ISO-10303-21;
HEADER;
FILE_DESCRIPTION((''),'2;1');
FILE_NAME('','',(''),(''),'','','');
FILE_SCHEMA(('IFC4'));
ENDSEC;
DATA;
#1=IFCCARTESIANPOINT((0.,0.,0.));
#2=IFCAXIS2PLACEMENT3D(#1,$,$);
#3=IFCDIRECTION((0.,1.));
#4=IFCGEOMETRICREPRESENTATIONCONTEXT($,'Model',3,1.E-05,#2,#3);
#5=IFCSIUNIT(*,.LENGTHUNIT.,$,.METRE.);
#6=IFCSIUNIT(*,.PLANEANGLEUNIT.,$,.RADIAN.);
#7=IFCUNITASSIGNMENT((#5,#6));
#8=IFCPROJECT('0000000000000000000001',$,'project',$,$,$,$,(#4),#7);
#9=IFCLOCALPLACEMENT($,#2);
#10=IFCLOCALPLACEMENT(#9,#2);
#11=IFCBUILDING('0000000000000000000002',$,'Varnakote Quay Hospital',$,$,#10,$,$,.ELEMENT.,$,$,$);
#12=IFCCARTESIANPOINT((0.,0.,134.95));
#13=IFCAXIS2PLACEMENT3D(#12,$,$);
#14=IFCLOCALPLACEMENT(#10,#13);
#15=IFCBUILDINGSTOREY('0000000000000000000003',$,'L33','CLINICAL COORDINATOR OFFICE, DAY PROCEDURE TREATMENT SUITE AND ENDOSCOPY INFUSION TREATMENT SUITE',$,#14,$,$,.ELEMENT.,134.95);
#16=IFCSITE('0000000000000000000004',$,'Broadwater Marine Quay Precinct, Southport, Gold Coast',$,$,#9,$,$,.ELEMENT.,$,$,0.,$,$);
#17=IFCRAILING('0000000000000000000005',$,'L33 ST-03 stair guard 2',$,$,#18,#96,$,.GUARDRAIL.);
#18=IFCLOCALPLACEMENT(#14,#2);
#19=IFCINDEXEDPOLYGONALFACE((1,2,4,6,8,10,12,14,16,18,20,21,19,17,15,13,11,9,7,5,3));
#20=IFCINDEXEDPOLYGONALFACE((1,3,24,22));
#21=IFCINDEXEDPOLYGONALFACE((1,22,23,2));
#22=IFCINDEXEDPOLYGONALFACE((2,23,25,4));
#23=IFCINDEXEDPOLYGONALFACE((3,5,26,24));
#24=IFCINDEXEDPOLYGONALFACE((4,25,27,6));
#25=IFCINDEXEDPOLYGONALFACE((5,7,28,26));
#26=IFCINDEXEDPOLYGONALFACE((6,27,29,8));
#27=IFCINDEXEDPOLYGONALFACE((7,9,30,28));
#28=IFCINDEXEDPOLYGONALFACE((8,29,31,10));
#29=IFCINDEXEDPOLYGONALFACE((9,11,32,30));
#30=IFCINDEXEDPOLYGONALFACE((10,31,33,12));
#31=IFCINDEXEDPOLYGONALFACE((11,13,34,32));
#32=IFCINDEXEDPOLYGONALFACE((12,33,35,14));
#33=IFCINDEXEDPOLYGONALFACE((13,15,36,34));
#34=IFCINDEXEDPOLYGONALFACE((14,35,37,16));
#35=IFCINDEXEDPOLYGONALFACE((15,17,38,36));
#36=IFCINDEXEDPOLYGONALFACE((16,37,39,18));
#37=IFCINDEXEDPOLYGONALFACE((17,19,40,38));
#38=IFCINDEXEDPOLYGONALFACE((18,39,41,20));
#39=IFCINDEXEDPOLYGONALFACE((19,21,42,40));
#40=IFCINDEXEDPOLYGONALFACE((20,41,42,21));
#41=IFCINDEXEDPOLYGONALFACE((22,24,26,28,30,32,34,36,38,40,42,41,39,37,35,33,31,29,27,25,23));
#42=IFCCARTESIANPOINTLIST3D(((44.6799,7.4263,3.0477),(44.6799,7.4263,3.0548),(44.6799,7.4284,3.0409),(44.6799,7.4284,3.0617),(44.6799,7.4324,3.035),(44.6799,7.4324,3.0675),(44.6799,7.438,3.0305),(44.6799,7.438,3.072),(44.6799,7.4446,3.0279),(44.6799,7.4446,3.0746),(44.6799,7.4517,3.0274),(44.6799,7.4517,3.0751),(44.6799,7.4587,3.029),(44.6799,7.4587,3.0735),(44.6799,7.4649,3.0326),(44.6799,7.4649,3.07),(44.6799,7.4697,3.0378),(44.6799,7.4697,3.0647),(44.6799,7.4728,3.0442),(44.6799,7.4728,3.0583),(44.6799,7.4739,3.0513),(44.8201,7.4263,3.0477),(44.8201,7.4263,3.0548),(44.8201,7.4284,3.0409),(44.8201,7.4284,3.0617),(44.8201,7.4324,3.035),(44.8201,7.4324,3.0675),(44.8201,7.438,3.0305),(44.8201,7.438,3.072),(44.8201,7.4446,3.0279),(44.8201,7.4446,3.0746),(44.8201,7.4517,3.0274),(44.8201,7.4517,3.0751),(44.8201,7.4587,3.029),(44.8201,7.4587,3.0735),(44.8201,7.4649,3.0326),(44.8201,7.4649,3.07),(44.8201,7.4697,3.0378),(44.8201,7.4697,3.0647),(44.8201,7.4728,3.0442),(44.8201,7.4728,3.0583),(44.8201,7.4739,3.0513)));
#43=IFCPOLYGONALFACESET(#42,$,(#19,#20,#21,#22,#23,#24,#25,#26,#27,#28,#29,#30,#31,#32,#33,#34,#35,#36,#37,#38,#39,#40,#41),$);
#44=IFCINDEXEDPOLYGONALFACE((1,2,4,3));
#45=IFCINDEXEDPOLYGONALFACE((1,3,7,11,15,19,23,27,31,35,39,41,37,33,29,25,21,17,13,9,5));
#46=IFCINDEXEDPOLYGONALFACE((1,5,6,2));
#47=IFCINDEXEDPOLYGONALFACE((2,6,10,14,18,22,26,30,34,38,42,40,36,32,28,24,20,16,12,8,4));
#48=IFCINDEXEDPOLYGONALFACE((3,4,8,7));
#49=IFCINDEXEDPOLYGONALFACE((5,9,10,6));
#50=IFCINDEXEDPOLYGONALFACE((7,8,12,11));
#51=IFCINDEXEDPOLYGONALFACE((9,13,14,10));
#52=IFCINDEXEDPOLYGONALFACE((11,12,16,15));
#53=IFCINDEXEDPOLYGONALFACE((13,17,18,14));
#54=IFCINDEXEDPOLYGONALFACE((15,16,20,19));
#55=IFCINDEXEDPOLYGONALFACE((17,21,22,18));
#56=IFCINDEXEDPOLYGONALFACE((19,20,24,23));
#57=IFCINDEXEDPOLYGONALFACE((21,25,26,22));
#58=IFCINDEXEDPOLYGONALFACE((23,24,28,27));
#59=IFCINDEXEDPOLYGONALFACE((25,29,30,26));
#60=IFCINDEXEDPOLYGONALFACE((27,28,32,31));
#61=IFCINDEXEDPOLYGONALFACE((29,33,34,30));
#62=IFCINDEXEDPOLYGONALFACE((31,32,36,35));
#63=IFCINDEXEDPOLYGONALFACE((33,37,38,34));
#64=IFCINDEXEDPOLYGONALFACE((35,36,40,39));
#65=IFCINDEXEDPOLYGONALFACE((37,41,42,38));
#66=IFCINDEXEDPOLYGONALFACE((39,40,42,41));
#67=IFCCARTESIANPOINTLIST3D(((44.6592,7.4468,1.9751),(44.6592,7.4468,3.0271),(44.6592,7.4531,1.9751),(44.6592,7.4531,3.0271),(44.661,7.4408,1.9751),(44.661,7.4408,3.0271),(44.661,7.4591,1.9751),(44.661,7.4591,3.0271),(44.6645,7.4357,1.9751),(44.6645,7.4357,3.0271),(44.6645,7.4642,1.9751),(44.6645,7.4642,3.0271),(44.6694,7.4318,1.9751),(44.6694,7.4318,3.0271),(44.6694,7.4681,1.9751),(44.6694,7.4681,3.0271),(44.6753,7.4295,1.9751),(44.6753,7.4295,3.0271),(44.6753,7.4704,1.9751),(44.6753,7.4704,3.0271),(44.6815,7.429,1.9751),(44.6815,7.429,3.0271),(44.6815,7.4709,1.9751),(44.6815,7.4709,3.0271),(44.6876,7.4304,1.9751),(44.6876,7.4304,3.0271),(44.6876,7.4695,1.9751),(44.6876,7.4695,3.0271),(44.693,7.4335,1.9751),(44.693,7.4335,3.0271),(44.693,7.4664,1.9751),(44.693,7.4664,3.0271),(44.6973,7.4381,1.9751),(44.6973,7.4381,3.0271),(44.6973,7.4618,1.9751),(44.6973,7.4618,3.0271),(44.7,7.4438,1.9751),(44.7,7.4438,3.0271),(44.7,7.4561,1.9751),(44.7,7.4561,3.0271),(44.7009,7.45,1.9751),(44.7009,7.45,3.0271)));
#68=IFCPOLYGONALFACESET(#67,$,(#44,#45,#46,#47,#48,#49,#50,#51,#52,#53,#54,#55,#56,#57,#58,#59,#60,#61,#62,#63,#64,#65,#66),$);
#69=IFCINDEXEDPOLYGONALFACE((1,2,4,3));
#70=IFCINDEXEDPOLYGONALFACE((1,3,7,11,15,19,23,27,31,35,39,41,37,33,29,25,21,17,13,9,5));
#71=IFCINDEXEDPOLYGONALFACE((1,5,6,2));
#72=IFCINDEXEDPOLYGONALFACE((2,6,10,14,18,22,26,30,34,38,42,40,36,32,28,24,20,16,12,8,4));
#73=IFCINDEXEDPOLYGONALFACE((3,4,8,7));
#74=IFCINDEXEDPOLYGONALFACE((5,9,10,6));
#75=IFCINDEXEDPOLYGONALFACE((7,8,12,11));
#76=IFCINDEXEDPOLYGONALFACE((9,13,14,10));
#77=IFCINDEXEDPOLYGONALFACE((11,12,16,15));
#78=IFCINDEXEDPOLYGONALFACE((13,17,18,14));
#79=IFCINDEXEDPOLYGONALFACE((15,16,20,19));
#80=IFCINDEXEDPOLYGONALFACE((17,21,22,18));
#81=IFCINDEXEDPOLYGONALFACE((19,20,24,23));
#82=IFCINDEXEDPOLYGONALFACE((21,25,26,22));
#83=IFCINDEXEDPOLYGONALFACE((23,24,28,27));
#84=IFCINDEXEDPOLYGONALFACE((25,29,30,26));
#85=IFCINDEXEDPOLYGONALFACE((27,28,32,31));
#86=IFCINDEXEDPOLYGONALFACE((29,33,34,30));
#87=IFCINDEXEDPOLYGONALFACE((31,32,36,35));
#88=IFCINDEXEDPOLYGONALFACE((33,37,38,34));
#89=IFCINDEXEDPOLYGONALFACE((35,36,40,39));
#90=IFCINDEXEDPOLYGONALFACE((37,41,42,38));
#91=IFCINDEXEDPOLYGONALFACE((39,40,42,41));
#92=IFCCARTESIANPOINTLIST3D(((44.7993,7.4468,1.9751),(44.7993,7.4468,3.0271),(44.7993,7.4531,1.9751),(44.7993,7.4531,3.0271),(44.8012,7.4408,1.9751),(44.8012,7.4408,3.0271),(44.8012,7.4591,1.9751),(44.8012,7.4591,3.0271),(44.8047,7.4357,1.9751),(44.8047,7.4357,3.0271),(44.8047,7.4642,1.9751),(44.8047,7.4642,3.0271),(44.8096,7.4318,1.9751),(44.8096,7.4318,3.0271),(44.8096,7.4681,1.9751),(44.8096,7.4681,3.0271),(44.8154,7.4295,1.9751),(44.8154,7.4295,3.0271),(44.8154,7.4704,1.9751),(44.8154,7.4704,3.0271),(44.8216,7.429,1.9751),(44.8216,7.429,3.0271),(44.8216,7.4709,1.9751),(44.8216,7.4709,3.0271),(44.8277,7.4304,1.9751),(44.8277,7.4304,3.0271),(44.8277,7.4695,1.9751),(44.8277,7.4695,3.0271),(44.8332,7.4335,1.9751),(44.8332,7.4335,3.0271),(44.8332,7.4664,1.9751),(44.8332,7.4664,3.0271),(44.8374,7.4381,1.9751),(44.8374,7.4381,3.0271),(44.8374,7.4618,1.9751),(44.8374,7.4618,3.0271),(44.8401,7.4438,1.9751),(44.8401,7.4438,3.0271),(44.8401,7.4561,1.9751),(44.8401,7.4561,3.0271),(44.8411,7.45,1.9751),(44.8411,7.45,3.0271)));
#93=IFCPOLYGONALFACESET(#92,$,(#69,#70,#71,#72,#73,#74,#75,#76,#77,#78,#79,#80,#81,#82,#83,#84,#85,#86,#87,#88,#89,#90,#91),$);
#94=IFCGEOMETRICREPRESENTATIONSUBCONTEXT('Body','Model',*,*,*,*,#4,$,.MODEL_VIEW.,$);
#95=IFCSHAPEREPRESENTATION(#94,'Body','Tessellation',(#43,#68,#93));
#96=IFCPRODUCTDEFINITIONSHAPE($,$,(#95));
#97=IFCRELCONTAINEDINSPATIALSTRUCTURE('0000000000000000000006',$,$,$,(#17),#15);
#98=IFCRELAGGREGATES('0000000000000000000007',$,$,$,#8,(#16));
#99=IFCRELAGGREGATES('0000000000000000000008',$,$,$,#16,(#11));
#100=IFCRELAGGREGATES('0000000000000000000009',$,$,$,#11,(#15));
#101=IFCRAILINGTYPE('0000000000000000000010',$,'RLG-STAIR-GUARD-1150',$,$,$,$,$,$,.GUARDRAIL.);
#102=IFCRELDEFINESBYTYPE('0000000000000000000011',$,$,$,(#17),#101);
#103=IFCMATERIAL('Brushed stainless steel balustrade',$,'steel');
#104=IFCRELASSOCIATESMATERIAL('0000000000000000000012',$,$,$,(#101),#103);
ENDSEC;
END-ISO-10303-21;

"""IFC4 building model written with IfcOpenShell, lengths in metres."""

from ifc_helpers import new_model, si_unit, direction, frame, origin, origin_2d, place, context, subcontext, project, spatial, circle, extrude, material, type_object, element, save


model = new_model("IFC4")

# Units and contexts
model_context = context("Model", 3, precision=1e-05, world=origin(), true_north=direction((0.0, 1.0)))
body_context = subcontext(model_context, "Body", "Model", "MODEL_VIEW")
ifc_project = project(units=[si_unit("LENGTHUNIT", "METRE"), si_unit("PLANEANGLEUNIT", "RADIAN")], contexts=[model_context])

# Site, building, storey
site_placement = place(None, origin())
site = spatial("IfcSite", under=ifc_project, at=site_placement, Name="Broadwater Marine Quay Precinct, Southport, Gold Coast", CompositionType="ELEMENT", RefElevation=0.0)
building_placement = place(site_placement, origin())
building = spatial("IfcBuilding", under=site, at=building_placement, Name="Varnakote Quay Hospital", CompositionType="ELEMENT")
storey_placement = place(building_placement, frame((0.0, 0.0, 134.95)))
storey = spatial("IfcBuildingStorey", under=building, at=storey_placement, Name="L33", Description="CLINICAL COORDINATOR OFFICE, DAY PROCEDURE TREATMENT SUITE AND ENDOSCOPY INFUSION TREATMENT SUITE", CompositionType="ELEMENT", Elevation=134.95)

# Railing
ifc_material_1 = material(Name="Brushed stainless steel balustrade", Category="steel")
railing_type_1 = type_object("IfcRailingType", Name="RLG-STAIR-GUARD-1150", PredefinedType="GUARDRAIL", material=ifc_material_1)
railing_1_placement = place(storey_placement, frame((44.6799, 7.45, 1.9751)))
element("IfcRailing", 1, at=railing_1_placement, inside=storey, type_object=railing_type_1, Name="L33 ST-03 stair guard 2", PredefinedType="GUARDRAIL", context=body_context, shape_type="SweptSolid", body=[
    extrude(circle(Radius=0.0239, at=origin_2d()), frame((0.0, 0.0, 1.0762), z_axis=(1.0, 0.0, 0.0), x_axis=(0.0, 1.0, 0.0)), (0.0, 0.0, 1.0), 0.1401),
    extrude(circle(Radius=0.021, at=origin_2d()), origin(), (0.0, 0.0, 1.0), 1.052),
    extrude(circle(Radius=0.021, at=origin_2d()), frame((0.1401, 0.0, 0.0)), (0.0, 0.0, 1.0), 1.052),
])

save(model, "model.ifc")
